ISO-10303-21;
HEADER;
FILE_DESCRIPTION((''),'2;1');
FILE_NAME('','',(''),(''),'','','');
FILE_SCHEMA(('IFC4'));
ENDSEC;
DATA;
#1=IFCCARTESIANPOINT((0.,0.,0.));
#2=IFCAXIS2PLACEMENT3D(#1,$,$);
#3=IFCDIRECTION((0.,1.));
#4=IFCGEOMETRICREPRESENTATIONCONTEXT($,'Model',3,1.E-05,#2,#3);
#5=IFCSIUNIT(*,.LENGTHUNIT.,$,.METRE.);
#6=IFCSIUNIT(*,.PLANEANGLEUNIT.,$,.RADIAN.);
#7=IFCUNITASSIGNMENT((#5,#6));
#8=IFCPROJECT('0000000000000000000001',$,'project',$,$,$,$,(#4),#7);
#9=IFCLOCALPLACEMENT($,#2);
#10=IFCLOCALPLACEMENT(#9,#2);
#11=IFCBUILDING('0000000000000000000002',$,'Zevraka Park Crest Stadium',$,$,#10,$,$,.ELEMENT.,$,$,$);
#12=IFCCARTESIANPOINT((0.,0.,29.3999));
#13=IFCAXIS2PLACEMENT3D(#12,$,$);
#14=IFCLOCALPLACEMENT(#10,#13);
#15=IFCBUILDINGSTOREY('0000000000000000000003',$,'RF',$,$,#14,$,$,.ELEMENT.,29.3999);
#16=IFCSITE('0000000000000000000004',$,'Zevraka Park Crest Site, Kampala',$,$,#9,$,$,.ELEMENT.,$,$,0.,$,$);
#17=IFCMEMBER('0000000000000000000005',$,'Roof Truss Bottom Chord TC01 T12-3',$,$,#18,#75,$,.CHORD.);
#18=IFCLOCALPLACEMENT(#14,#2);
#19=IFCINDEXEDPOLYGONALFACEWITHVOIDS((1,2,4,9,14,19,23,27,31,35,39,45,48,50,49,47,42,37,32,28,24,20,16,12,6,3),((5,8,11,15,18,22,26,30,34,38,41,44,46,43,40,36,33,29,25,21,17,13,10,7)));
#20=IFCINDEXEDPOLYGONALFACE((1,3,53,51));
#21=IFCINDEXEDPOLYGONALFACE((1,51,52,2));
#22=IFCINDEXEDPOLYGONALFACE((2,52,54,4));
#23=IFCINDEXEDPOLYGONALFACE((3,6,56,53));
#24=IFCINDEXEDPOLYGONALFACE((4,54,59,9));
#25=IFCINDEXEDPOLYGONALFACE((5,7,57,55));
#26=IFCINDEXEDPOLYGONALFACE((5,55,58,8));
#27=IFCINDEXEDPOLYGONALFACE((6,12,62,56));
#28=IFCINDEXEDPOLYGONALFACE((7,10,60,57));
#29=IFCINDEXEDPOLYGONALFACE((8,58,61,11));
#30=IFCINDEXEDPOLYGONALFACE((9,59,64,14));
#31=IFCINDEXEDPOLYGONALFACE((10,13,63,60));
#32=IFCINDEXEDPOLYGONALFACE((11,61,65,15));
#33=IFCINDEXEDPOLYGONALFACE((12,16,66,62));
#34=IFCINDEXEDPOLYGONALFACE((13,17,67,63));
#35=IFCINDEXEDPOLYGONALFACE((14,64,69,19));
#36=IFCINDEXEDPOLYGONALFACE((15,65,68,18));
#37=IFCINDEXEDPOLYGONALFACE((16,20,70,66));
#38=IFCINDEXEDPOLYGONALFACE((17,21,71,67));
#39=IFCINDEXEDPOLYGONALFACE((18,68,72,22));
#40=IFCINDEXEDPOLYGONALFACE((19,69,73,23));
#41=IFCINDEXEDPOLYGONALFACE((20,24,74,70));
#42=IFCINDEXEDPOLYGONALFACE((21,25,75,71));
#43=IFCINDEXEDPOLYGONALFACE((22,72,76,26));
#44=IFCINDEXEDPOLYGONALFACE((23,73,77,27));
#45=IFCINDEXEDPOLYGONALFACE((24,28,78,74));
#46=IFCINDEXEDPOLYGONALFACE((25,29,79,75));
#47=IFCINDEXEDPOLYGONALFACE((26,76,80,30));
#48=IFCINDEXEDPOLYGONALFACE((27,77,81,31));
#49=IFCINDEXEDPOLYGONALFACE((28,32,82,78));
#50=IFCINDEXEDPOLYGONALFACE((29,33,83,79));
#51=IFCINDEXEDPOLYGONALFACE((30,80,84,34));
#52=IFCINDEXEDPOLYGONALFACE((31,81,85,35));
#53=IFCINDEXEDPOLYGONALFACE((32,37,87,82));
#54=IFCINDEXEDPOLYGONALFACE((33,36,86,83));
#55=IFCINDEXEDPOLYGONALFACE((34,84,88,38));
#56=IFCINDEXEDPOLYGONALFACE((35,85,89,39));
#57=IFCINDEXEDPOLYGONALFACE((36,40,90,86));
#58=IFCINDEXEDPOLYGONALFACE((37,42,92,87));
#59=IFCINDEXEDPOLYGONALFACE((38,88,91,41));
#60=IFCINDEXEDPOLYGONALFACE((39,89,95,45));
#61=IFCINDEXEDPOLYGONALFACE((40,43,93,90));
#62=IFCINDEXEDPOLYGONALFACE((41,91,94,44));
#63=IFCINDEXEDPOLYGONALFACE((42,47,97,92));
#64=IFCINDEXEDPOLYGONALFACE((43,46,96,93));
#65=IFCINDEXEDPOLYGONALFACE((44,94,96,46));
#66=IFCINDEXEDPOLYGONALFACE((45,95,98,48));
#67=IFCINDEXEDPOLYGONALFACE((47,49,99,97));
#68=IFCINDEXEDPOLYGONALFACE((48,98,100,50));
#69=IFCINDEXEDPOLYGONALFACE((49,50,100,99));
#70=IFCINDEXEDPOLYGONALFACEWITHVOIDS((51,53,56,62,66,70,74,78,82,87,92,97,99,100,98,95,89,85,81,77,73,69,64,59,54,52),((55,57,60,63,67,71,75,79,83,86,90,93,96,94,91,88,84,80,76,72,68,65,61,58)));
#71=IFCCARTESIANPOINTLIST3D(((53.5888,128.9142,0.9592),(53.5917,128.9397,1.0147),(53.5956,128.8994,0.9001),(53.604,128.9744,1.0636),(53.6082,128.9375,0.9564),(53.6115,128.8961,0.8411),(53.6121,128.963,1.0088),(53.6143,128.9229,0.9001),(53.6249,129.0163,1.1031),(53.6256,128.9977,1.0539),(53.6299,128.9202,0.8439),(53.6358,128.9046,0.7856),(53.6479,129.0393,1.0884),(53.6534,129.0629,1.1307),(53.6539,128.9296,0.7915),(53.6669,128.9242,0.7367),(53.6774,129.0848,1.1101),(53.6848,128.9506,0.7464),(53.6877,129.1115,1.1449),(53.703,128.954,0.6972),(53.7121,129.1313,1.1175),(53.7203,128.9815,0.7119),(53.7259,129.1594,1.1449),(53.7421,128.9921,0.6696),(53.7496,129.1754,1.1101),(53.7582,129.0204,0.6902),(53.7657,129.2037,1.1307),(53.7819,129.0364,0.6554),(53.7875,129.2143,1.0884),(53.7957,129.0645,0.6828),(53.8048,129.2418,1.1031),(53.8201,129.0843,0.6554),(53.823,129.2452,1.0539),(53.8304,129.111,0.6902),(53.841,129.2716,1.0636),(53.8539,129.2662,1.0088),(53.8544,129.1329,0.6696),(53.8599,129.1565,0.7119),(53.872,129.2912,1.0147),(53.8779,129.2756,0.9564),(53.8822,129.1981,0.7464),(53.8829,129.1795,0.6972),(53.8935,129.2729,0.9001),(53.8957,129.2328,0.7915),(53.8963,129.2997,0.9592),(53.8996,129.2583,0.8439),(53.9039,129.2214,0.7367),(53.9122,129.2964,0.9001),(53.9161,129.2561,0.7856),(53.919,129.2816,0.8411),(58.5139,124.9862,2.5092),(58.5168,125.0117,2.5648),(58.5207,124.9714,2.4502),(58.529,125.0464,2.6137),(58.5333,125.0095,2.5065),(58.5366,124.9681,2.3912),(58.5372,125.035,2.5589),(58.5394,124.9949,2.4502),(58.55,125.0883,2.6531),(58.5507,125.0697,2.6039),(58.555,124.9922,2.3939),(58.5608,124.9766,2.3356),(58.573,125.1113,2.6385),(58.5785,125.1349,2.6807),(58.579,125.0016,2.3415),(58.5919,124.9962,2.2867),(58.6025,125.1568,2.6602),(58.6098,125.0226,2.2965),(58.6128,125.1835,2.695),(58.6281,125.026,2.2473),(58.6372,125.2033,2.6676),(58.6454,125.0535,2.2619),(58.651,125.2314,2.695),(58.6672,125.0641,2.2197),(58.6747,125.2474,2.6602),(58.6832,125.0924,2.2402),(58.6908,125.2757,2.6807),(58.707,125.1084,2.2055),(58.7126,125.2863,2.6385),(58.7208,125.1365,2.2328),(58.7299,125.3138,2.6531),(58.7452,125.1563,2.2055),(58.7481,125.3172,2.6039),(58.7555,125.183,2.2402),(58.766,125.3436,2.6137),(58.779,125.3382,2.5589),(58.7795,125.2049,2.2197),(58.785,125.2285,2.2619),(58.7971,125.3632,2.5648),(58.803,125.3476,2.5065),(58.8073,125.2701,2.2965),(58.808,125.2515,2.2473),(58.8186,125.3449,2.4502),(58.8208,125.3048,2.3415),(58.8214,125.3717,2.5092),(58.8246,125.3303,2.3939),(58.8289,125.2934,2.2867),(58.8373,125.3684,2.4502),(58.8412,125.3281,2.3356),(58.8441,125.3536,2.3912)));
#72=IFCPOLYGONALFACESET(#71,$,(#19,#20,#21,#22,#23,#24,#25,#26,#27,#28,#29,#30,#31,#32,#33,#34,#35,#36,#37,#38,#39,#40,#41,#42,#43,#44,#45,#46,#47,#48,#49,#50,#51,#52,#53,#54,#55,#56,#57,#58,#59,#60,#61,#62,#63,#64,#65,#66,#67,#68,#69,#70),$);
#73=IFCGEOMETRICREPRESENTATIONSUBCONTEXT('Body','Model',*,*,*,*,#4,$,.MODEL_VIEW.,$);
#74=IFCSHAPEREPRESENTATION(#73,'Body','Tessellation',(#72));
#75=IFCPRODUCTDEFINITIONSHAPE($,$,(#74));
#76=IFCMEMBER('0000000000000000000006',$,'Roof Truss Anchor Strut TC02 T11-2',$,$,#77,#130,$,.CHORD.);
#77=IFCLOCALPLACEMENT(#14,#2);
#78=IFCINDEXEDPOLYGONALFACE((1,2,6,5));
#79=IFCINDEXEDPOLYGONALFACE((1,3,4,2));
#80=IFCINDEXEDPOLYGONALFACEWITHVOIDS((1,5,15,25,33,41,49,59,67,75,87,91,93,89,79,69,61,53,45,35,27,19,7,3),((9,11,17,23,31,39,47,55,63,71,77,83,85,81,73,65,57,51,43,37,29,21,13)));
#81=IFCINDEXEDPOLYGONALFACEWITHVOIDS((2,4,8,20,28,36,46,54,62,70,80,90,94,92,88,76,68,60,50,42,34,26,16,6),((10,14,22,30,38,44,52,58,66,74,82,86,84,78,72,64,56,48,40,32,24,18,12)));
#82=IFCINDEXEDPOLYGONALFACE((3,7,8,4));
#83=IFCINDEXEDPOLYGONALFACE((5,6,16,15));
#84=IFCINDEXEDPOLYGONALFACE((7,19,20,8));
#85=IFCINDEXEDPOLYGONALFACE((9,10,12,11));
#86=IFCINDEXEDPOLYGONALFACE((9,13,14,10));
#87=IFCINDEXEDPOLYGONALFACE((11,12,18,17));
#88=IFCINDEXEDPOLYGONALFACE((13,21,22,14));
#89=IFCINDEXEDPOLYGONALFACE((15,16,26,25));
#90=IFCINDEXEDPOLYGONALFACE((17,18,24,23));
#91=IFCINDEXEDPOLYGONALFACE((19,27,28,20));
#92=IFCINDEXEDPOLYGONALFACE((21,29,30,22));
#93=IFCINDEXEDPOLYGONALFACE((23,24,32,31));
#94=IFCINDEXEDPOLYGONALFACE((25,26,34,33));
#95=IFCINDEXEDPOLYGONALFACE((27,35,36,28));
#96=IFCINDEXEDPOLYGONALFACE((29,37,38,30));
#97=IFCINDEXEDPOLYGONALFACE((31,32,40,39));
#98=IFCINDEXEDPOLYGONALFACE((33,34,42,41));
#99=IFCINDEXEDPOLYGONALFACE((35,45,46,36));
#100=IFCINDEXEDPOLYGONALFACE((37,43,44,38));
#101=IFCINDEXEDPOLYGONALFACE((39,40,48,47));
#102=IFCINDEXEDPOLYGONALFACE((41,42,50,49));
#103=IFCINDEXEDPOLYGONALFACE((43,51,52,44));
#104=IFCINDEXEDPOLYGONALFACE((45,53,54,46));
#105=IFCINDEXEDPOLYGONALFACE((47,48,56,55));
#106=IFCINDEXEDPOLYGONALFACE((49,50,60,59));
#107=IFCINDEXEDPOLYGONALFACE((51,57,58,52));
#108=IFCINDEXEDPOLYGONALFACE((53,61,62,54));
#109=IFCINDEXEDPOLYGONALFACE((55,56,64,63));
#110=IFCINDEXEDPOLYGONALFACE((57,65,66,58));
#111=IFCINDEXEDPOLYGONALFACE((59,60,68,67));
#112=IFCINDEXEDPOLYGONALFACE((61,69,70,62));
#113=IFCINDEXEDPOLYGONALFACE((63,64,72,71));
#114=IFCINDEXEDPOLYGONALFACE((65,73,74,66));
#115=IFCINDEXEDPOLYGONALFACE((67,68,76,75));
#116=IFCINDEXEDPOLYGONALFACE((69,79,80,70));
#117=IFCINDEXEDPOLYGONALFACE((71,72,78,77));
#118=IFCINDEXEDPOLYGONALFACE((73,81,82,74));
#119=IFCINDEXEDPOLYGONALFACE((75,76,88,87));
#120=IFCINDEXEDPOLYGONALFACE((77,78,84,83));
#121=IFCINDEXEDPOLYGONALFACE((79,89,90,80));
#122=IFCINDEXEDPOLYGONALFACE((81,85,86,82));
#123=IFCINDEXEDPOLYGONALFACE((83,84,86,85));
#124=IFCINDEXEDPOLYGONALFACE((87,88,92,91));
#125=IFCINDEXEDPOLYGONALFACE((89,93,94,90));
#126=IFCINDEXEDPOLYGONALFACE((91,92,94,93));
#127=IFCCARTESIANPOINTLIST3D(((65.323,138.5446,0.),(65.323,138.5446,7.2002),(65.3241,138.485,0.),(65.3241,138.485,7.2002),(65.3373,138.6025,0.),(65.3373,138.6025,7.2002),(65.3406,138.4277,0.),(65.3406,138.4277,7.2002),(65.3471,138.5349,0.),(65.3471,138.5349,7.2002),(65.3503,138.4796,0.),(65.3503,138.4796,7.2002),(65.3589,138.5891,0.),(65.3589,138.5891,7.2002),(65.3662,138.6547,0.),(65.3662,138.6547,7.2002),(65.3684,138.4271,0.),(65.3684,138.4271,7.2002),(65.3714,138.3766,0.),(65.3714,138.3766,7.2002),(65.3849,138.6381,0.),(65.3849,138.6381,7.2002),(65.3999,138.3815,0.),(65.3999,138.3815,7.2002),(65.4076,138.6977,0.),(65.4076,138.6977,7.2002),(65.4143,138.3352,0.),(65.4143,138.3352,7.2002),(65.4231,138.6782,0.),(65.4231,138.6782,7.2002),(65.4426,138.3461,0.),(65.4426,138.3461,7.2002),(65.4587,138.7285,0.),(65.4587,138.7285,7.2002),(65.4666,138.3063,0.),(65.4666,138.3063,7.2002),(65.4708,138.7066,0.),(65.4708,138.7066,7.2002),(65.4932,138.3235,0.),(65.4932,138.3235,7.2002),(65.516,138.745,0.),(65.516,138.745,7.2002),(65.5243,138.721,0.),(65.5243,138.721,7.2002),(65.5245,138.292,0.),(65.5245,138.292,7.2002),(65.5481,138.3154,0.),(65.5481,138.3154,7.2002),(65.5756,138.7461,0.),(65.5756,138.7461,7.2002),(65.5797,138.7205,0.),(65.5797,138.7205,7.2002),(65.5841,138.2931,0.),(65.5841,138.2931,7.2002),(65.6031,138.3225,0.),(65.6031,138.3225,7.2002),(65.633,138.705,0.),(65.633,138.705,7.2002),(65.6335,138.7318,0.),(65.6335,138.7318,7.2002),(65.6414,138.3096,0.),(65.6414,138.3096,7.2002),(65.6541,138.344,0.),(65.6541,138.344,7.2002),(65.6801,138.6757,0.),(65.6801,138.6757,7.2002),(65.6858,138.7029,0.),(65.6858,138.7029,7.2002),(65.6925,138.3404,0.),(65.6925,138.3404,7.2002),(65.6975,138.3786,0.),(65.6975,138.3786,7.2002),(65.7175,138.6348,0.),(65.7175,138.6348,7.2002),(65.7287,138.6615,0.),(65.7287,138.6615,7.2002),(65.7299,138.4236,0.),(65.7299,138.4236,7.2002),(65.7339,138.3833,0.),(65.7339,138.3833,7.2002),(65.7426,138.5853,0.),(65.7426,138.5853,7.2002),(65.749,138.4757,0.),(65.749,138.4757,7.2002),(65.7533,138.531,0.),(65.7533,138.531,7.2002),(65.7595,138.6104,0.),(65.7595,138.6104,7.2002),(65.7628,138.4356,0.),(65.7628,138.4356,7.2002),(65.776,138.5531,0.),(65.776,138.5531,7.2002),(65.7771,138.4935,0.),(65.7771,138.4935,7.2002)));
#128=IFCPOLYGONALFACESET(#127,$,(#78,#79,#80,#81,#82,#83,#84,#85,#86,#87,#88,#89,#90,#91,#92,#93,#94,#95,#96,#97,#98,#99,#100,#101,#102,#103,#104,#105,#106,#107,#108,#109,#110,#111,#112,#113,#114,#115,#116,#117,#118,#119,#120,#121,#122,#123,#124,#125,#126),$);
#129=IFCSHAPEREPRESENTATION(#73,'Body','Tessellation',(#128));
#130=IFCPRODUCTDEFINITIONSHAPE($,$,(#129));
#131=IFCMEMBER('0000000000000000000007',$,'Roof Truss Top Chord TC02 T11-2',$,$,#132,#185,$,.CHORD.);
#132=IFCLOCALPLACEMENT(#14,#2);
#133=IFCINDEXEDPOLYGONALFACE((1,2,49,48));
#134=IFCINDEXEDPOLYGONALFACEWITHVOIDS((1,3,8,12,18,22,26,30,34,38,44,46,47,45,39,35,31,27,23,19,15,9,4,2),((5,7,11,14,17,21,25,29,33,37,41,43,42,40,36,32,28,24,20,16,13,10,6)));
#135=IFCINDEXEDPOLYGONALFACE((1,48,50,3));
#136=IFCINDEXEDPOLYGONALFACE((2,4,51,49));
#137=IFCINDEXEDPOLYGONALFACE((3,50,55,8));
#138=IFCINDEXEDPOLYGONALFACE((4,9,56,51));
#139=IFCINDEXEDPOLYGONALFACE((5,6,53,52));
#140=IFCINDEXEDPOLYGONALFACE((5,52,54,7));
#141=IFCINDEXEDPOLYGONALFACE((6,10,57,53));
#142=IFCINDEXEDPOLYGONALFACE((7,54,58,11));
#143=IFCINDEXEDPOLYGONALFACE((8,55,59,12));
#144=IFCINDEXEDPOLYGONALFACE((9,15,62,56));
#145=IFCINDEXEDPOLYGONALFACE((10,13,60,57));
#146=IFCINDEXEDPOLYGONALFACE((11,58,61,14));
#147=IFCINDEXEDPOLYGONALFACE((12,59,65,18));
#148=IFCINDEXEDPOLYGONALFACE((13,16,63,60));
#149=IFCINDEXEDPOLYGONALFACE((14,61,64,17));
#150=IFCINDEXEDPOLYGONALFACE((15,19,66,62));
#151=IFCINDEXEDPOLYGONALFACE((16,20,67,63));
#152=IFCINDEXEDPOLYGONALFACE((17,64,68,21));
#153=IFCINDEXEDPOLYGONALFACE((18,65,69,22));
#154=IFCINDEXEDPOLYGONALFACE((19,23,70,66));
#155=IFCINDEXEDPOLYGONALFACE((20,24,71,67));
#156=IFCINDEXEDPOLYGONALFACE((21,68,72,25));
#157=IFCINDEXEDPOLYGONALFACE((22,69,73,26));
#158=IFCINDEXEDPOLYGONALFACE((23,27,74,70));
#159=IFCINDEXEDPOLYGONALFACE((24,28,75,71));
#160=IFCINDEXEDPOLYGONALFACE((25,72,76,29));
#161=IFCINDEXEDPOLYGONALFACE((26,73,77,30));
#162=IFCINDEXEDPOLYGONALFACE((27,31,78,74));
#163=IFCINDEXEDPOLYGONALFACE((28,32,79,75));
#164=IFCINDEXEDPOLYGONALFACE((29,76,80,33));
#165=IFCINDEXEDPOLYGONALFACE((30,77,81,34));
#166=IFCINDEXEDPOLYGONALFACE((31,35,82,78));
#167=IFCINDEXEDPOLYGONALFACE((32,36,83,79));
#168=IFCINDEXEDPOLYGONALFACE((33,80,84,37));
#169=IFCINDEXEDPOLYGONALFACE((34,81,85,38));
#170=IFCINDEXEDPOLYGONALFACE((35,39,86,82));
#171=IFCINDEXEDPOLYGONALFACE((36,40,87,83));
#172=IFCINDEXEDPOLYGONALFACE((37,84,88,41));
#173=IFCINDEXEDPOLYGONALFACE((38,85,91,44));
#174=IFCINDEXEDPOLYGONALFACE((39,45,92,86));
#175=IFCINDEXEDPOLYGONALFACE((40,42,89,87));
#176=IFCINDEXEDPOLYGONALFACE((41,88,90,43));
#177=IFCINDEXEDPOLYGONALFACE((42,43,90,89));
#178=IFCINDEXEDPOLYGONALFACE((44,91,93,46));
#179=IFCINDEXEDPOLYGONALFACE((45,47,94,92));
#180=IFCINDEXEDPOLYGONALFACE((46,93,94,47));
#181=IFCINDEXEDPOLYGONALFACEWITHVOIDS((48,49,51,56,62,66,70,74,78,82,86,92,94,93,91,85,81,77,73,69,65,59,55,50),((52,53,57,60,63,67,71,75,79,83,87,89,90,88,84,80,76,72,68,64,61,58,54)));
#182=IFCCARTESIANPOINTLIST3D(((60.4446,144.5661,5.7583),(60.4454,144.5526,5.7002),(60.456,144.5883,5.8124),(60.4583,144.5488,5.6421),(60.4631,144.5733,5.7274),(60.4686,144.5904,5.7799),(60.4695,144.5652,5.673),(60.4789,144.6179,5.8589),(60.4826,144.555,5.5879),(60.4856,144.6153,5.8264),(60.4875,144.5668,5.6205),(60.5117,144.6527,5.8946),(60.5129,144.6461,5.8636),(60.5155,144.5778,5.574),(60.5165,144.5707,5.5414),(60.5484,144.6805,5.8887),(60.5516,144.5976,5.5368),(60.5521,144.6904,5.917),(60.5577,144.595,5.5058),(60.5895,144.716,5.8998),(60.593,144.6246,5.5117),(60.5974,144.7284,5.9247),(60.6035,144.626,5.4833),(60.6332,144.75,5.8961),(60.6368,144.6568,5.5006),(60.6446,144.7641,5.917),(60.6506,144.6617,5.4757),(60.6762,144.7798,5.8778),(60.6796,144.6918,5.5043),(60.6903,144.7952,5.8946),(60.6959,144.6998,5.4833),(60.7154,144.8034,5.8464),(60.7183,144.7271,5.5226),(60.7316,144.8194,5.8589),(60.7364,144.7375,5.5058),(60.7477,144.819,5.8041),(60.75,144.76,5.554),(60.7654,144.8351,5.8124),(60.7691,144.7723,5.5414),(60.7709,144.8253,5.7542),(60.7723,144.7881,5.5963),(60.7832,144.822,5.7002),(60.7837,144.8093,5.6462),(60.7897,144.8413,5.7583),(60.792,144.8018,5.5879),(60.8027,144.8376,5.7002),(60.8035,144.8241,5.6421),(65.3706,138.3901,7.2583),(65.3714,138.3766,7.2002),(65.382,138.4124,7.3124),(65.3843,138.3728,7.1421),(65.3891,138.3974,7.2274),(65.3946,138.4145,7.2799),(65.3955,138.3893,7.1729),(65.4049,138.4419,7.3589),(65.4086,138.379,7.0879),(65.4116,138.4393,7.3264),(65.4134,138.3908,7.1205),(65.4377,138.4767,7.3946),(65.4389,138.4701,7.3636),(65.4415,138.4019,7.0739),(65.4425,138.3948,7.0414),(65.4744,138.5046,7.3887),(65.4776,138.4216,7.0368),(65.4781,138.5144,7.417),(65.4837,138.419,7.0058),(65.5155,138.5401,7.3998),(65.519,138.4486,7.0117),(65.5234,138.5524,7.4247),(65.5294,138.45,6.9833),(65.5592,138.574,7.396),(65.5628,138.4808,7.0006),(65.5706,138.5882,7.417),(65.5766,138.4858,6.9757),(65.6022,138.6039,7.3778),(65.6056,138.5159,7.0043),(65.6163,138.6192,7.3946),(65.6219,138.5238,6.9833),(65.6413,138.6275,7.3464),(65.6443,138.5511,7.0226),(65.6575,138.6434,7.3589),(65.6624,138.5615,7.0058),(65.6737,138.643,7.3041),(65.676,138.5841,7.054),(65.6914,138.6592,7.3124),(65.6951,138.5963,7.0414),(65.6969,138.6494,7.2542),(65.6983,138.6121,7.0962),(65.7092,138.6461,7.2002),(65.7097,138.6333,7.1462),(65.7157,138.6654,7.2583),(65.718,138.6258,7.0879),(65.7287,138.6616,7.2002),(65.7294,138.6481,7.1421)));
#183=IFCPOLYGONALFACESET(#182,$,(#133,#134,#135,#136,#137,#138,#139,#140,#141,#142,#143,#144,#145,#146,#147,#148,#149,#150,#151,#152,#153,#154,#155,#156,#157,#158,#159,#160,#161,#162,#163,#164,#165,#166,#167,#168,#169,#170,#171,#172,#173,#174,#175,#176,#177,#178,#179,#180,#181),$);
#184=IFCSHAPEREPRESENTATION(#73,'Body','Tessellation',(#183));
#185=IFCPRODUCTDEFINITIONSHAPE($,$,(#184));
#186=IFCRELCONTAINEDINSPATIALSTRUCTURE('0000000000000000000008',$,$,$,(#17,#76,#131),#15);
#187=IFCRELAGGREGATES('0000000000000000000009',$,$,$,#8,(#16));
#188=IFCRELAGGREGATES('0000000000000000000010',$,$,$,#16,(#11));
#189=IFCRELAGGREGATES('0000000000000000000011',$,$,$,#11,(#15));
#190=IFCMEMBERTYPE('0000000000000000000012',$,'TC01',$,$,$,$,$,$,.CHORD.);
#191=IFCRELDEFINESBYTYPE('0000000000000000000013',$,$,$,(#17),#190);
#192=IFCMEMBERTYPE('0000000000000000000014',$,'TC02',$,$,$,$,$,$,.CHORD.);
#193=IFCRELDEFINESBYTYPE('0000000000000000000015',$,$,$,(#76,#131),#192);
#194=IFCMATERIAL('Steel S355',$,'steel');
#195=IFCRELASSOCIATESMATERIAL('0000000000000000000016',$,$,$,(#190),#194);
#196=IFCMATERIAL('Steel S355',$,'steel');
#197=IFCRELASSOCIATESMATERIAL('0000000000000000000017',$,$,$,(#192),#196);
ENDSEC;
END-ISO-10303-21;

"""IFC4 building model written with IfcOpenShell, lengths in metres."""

from ifc_helpers import new_model, si_unit, direction, frame, origin, origin_2d, place, context, subcontext, project, spatial, hollow_circle, extrude, material, material_profile, profile_set, type_object, element, save


model = new_model("IFC4")

# Units and contexts
model_context = context("Model", 3, precision=1e-05, world=origin(), true_north=direction((0.0, 1.0)))
body_context = subcontext(model_context, "Body", "Model", "MODEL_VIEW")
ifc_project = project(units=[si_unit("LENGTHUNIT", "METRE"), si_unit("PLANEANGLEUNIT", "RADIAN")], contexts=[model_context])

# Site, building, storey
site_placement = place(None, origin())
site = spatial("IfcSite", under=ifc_project, at=site_placement, Name="Zevraka Park Crest Site, Kampala", CompositionType="ELEMENT", RefElevation=0.0)
building_placement = place(site_placement, origin())
building = spatial("IfcBuilding", under=site, at=building_placement, Name="Zevraka Park Crest Stadium", CompositionType="ELEMENT")
storey_placement = place(building_placement, frame((0.0, 0.0, 29.3999)))
storey = spatial("IfcBuildingStorey", under=building, at=storey_placement, Name="RF", CompositionType="ELEMENT", Elevation=29.3999)

# Members
ifc_material_1 = material(Name="Steel S355", Category="steel")
ifc_material_profile_1 = material_profile(ifc_material_1, hollow_circle(Radius=0.2539, WallThickness=0.03, at=origin_2d()), Name="CHS 508.0x30")
ifc_profile_set_1 = profile_set([ifc_material_profile_1], Name="Steel S355")
member_type_1 = type_object("IfcMemberType", Name="TC01", PredefinedType="CHORD", material=ifc_profile_set_1)
member_1_placement = place(storey_placement, frame((53.7539, 129.0979, 0.9001), z_axis=(0.759159, -0.605468, 0.238928), x_axis=(0.623527, 0.781802, 0.0)))
element("IfcMember", 1, at=member_1_placement, inside=storey, type_object=member_type_1, Name="Roof Truss Bottom Chord TC01 T12-3", PredefinedType="CHORD", context=body_context, shape_type="SweptSolid", body=[
    extrude(hollow_circle(Radius=0.2539, WallThickness=0.03, at=origin_2d()), origin(), (0.0, 0.0, 1.0), 6.4875),
])
ifc_material_2 = material(Name="Steel S355", Category="steel")
ifc_material_profile_2 = material_profile(ifc_material_2, hollow_circle(Radius=0.2285, WallThickness=0.0249, at=origin_2d()), Name="CHS 457.0x25")
ifc_profile_set_2 = profile_set([ifc_material_profile_2], Name="Steel S355")
member_type_2 = type_object("IfcMemberType", Name="TC02", PredefinedType="CHORD", material=ifc_profile_set_2)
member_2_placement = place(storey_placement, frame((65.55, 138.519, 0.0), z_axis=(0.0, 0.0, 1.0), x_axis=(-0.62347, 0.781847, 0.0)))
element("IfcMember", 2, at=member_2_placement, inside=storey, type_object=member_type_2, Name="Roof Truss Anchor Strut TC02 T11-2", PredefinedType="CHORD", context=body_context, shape_type="SweptSolid", body=[
    extrude(hollow_circle(Radius=0.2285, WallThickness=0.0249, at=origin_2d()), origin(), (0.0, 0.0, 1.0), 7.2002),
])
member_3_placement = place(storey_placement, frame((60.624, 144.6951, 5.7002), z_axis=(0.612607, -0.768059, 0.186542), x_axis=(0.781782, 0.623552, 0.0)))
element("IfcMember", 3, at=member_3_placement, inside=storey, type_object=member_type_2, Name="Roof Truss Top Chord TC02 T11-2", PredefinedType="CHORD", context=body_context, shape_type="SweptSolid", body=[
    extrude(hollow_circle(Radius=0.2285, WallThickness=0.0249, at=origin_2d()), origin(), (0.0, 0.0, 1.0), 8.041),
])

save(model, "model.ifc")
